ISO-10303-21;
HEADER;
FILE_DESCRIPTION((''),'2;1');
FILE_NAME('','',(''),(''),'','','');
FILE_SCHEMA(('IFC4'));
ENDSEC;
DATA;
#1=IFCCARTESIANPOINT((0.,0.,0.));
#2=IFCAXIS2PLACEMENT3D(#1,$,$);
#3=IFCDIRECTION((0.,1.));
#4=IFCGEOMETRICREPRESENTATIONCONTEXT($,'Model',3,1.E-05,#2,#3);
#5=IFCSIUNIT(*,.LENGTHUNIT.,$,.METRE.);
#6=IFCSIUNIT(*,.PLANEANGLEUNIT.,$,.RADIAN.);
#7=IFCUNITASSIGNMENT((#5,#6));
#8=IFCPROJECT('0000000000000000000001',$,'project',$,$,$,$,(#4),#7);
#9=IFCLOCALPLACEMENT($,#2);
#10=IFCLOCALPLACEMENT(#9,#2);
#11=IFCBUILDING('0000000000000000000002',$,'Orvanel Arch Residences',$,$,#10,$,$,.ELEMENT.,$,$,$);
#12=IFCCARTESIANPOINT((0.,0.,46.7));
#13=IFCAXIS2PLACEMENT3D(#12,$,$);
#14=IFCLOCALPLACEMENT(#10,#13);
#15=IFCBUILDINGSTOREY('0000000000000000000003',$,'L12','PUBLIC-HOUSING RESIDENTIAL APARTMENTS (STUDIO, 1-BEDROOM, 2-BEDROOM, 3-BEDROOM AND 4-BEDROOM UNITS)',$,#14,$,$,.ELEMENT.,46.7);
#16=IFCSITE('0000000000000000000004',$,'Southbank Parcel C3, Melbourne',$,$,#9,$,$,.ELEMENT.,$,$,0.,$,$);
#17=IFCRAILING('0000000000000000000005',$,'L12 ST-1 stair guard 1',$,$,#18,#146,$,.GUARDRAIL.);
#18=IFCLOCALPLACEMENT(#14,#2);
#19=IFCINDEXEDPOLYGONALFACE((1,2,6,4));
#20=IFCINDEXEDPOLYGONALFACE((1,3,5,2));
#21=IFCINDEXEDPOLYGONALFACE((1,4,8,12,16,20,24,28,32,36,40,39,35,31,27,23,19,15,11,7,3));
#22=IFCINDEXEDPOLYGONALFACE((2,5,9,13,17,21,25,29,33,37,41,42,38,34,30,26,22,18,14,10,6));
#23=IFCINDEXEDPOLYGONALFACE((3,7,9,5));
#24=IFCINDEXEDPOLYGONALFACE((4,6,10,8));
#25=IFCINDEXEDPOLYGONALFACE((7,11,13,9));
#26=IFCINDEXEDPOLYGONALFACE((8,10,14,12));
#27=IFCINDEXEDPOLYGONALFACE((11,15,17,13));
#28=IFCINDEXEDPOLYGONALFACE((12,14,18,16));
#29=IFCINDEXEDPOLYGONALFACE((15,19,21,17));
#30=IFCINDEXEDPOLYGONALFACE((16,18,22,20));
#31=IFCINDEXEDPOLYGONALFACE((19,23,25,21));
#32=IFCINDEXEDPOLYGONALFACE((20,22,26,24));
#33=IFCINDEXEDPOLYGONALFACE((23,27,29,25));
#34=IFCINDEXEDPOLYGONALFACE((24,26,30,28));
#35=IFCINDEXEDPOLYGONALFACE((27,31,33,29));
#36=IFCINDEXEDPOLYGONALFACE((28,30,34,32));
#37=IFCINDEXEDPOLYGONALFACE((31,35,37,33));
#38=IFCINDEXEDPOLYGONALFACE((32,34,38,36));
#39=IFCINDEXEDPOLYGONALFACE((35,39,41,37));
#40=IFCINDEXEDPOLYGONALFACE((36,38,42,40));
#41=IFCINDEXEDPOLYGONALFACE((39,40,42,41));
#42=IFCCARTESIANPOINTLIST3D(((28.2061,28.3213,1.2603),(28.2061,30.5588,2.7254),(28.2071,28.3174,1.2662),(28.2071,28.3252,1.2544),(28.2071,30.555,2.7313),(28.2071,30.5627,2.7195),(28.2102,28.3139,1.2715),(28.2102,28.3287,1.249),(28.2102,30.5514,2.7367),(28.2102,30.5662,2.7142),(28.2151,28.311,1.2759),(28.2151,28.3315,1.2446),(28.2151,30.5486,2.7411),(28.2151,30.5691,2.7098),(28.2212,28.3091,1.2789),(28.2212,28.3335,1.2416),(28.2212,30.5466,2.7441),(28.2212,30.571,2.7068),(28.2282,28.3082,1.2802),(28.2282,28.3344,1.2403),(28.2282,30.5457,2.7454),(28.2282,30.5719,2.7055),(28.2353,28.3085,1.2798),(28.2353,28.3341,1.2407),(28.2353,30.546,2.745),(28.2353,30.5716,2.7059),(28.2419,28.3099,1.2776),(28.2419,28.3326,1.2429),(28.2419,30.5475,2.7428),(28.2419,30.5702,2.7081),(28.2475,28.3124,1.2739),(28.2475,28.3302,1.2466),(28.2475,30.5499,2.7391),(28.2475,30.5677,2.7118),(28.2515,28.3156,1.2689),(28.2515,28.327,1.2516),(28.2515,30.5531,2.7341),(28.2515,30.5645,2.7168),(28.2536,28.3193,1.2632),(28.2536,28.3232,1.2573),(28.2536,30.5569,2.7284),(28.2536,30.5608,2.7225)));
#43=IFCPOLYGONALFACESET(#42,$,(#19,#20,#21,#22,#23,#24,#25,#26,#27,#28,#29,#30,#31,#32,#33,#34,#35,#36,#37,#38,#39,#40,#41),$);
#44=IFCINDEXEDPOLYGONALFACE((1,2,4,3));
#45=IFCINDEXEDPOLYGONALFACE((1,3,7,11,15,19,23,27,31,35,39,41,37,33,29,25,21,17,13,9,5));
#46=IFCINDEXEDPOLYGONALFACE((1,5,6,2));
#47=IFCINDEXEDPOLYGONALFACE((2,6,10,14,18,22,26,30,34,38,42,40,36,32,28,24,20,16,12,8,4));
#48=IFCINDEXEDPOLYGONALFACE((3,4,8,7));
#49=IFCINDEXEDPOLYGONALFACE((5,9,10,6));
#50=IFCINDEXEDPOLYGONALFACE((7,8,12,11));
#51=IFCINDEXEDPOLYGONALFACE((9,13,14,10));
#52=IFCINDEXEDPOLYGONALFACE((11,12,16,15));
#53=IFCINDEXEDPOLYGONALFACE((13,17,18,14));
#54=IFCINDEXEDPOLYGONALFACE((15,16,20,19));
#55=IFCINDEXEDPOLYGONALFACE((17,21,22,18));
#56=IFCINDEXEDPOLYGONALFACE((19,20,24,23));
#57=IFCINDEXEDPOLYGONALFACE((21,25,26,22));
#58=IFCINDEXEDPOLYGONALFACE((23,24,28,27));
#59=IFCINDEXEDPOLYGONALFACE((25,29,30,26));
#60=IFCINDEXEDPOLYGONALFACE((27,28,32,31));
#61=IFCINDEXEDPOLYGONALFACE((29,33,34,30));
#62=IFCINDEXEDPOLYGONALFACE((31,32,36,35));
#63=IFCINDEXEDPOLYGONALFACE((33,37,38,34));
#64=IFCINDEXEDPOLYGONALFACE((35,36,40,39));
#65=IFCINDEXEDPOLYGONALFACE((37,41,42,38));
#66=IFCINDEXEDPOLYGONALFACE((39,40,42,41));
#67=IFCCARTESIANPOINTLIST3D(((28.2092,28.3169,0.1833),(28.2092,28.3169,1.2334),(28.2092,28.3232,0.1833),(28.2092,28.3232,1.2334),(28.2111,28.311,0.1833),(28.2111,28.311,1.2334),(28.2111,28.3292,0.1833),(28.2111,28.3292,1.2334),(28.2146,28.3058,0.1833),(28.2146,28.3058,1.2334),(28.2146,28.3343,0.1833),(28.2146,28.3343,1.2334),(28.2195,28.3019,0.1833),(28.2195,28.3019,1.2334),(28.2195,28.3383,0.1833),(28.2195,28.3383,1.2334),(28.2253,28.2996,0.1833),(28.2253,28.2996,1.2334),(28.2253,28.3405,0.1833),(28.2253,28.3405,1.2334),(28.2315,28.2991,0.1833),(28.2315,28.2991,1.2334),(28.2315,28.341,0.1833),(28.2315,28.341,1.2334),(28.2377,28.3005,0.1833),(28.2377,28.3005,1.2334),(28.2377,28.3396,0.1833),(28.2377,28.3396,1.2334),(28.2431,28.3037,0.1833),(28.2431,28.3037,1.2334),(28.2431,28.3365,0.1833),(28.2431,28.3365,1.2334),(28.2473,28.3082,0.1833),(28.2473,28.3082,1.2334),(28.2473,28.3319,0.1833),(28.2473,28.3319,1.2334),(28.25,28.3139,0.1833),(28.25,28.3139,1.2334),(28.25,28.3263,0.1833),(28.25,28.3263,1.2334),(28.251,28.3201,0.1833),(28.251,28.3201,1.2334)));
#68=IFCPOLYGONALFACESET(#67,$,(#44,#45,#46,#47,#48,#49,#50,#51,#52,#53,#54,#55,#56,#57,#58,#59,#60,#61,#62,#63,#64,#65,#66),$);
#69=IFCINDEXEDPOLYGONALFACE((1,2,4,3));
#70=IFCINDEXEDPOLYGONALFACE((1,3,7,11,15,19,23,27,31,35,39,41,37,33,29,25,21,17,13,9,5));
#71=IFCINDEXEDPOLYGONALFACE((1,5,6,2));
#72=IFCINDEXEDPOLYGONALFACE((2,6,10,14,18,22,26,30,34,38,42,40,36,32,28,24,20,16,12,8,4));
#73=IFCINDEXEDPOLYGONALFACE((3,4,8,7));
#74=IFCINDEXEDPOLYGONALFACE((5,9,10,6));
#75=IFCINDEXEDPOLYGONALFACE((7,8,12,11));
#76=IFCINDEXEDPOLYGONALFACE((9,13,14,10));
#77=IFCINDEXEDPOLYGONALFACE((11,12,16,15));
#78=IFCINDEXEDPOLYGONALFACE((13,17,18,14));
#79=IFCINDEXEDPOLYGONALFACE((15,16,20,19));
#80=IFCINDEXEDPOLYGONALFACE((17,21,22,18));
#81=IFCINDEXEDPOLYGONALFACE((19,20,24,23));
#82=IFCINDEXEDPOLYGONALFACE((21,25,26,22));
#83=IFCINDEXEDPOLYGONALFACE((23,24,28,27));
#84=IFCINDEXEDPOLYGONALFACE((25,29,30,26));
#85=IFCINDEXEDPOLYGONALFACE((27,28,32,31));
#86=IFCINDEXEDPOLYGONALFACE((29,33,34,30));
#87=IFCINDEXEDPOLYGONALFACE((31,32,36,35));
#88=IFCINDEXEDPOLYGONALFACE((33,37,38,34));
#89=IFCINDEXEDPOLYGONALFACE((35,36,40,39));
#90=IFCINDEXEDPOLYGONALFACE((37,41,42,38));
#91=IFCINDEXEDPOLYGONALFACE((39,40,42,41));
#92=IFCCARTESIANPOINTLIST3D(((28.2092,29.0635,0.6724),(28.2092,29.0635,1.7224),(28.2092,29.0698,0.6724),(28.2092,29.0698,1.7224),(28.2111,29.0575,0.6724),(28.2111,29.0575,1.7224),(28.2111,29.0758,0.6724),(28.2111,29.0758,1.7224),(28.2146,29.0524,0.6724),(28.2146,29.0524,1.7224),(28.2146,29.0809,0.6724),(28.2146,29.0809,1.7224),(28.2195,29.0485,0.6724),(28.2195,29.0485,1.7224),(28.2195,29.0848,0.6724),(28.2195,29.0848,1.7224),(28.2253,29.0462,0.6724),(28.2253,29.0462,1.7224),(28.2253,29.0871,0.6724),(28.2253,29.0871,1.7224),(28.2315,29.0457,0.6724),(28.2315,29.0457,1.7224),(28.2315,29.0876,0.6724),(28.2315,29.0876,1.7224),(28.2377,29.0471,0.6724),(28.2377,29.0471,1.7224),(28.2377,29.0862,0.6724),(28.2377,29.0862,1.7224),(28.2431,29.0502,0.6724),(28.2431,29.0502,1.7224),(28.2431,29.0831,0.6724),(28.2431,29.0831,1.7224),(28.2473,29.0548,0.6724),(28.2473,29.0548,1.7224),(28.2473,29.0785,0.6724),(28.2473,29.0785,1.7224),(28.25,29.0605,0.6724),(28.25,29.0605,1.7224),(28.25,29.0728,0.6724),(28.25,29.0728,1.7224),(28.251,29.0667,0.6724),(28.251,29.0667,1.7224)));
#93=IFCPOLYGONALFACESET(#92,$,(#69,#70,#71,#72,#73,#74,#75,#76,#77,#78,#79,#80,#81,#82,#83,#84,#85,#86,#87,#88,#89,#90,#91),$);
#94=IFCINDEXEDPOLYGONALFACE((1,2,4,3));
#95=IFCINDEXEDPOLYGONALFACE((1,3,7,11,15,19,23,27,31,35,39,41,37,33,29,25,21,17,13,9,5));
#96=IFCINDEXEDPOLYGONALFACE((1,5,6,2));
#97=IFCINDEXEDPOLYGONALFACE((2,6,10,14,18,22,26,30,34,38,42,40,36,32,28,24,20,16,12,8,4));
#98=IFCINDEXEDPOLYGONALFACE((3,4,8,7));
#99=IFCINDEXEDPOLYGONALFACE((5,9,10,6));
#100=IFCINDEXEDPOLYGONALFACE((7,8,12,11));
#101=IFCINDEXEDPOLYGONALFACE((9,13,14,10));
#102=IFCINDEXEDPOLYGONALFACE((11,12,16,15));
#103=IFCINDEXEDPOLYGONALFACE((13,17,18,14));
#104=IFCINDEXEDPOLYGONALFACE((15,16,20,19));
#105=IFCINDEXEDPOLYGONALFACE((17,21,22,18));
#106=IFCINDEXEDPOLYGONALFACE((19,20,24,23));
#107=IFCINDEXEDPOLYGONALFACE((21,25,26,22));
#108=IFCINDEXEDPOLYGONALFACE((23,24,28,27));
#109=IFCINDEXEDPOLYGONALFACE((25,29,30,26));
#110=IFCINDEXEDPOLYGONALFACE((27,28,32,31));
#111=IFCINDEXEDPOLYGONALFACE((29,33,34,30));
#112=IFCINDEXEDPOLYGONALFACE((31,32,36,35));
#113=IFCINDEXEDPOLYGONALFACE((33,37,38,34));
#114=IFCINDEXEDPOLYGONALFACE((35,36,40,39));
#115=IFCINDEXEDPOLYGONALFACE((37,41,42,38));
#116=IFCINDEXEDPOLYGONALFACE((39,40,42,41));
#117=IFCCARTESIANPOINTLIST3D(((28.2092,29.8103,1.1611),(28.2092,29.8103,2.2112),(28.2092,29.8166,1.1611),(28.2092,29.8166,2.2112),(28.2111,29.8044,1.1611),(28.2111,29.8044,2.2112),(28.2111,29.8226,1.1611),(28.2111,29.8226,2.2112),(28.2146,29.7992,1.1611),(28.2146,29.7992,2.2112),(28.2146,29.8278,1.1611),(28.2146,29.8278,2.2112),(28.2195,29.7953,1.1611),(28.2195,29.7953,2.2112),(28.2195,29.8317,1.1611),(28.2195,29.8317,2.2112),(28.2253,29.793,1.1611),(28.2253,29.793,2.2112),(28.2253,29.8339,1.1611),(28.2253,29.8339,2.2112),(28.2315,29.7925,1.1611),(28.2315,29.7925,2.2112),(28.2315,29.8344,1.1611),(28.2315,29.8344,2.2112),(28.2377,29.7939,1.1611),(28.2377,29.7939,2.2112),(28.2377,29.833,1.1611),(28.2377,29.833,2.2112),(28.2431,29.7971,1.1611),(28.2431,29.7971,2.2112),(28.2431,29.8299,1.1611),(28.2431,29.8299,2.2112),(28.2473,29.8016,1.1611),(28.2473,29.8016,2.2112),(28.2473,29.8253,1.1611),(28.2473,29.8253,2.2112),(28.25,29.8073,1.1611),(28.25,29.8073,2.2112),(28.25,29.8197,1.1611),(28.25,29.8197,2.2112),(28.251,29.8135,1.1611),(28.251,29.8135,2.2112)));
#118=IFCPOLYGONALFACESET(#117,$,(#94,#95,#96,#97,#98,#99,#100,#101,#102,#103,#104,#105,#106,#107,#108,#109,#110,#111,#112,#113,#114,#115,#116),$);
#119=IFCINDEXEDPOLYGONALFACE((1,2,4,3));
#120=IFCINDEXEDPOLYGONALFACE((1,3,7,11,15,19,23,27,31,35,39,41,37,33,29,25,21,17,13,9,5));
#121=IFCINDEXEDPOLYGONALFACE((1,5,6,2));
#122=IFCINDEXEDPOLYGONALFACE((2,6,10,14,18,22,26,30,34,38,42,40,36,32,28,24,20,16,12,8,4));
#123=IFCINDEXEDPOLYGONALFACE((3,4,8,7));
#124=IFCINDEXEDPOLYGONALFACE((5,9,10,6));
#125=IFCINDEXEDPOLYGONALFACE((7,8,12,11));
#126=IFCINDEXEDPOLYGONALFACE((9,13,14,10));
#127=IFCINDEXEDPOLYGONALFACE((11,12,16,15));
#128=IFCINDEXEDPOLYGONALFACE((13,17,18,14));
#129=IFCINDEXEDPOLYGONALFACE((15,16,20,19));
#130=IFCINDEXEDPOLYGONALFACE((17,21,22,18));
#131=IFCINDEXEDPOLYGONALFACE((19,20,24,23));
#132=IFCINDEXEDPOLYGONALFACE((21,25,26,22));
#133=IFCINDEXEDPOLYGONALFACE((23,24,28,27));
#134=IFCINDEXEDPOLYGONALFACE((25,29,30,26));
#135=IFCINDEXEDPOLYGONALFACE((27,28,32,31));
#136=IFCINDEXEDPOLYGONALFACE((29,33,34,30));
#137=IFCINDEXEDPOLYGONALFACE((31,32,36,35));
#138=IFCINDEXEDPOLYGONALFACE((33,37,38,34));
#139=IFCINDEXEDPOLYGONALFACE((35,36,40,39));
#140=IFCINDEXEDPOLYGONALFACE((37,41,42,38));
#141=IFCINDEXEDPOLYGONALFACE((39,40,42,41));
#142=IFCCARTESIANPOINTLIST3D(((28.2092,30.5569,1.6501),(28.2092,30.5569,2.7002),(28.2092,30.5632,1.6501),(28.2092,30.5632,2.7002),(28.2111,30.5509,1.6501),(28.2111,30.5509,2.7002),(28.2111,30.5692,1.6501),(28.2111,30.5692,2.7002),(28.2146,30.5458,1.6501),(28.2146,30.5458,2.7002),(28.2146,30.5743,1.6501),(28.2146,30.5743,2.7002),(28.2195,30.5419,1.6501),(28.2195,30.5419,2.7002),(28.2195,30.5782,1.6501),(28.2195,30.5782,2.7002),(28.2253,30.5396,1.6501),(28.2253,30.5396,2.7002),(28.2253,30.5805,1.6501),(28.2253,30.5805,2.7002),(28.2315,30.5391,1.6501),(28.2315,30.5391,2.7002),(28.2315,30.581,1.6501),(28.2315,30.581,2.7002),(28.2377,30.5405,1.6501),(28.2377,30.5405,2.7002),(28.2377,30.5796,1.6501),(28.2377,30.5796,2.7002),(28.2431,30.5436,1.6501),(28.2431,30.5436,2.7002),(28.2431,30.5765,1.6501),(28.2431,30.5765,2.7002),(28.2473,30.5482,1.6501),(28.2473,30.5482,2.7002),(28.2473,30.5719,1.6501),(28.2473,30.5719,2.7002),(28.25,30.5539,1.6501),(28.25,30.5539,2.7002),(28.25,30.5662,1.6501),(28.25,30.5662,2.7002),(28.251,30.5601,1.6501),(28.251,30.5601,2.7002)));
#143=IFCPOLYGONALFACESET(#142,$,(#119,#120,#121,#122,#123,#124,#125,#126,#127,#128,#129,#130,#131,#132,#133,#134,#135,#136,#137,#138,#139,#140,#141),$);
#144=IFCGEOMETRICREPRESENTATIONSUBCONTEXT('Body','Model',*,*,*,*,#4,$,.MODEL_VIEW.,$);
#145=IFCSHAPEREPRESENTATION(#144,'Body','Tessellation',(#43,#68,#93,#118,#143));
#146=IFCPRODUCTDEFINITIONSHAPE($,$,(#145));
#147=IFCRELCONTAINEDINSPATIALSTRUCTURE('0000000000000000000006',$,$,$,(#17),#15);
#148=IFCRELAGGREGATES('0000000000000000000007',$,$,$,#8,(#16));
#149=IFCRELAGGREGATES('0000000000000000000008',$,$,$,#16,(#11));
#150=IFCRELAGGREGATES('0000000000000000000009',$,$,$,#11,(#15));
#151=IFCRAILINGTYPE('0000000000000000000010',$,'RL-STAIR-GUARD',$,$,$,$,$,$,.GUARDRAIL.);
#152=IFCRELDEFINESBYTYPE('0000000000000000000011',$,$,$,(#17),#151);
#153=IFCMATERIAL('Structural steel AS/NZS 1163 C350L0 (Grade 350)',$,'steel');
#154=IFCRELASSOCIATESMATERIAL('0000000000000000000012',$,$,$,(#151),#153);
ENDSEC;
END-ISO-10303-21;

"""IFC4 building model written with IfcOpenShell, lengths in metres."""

from ifc_helpers import new_model, si_unit, direction, frame, origin, origin_2d, place, context, subcontext, project, spatial, circle, extrude, material, type_object, element, save


model = new_model("IFC4")

# Units and contexts
model_context = context("Model", 3, precision=1e-05, world=origin(), true_north=direction((0.0, 1.0)))
body_context = subcontext(model_context, "Body", "Model", "MODEL_VIEW")
ifc_project = project(units=[si_unit("LENGTHUNIT", "METRE"), si_unit("PLANEANGLEUNIT", "RADIAN")], contexts=[model_context])

# Site, building, storey
site_placement = place(None, origin())
site = spatial("IfcSite", under=ifc_project, at=site_placement, Name="Southbank Parcel C3, Melbourne", CompositionType="ELEMENT", RefElevation=0.0)
building_placement = place(site_placement, origin())
building = spatial("IfcBuilding", under=site, at=building_placement, Name="Orvanel Arch Residences", CompositionType="ELEMENT")
storey_placement = place(building_placement, frame((0.0, 0.0, 46.7)))
storey = spatial("IfcBuildingStorey", under=building, at=storey_placement, Name="L12", Description="PUBLIC-HOUSING RESIDENTIAL APARTMENTS (STUDIO, 1-BEDROOM, 2-BEDROOM, 3-BEDROOM AND 4-BEDROOM UNITS)", CompositionType="ELEMENT", Elevation=46.7)

# Railing
ifc_material_1 = material(Name="Structural steel AS/NZS 1163 C350L0 (Grade 350)", Category="steel")
railing_type_1 = type_object("IfcRailingType", Name="RL-STAIR-GUARD", PredefinedType="GUARDRAIL", material=ifc_material_1)
railing_1_placement = place(storey_placement, frame((28.23, 28.3201, 0.1833)))
element("IfcRailing", 1, at=railing_1_placement, inside=storey, type_object=railing_type_1, Name="L12 ST-1 stair guard 1", PredefinedType="GUARDRAIL", context=body_context, shape_type="SweptSolid", body=[
    extrude(circle(Radius=0.0239, at=origin_2d()), frame((0.0, 0.0012, 1.0769), z_axis=(0.0, 0.836595, 0.547822), x_axis=(-1.0, 0.0, 0.0)), (0.0, 0.0, 1.0), 2.6746),
    extrude(circle(Radius=0.021, at=origin_2d()), origin(), (0.0, 0.0, 1.0), 1.05),
    extrude(circle(Radius=0.021, at=origin_2d()), frame((0.0, 0.7466, 0.489)), (0.0, 0.0, 1.0), 1.05),
    extrude(circle(Radius=0.021, at=origin_2d()), frame((0.0, 1.4934, 0.9778)), (0.0, 0.0, 1.0), 1.05),
    extrude(circle(Radius=0.021, at=origin_2d()), frame((0.0, 2.24, 1.4668)), (0.0, 0.0, 1.0), 1.05),
])

save(model, "model.ifc")
